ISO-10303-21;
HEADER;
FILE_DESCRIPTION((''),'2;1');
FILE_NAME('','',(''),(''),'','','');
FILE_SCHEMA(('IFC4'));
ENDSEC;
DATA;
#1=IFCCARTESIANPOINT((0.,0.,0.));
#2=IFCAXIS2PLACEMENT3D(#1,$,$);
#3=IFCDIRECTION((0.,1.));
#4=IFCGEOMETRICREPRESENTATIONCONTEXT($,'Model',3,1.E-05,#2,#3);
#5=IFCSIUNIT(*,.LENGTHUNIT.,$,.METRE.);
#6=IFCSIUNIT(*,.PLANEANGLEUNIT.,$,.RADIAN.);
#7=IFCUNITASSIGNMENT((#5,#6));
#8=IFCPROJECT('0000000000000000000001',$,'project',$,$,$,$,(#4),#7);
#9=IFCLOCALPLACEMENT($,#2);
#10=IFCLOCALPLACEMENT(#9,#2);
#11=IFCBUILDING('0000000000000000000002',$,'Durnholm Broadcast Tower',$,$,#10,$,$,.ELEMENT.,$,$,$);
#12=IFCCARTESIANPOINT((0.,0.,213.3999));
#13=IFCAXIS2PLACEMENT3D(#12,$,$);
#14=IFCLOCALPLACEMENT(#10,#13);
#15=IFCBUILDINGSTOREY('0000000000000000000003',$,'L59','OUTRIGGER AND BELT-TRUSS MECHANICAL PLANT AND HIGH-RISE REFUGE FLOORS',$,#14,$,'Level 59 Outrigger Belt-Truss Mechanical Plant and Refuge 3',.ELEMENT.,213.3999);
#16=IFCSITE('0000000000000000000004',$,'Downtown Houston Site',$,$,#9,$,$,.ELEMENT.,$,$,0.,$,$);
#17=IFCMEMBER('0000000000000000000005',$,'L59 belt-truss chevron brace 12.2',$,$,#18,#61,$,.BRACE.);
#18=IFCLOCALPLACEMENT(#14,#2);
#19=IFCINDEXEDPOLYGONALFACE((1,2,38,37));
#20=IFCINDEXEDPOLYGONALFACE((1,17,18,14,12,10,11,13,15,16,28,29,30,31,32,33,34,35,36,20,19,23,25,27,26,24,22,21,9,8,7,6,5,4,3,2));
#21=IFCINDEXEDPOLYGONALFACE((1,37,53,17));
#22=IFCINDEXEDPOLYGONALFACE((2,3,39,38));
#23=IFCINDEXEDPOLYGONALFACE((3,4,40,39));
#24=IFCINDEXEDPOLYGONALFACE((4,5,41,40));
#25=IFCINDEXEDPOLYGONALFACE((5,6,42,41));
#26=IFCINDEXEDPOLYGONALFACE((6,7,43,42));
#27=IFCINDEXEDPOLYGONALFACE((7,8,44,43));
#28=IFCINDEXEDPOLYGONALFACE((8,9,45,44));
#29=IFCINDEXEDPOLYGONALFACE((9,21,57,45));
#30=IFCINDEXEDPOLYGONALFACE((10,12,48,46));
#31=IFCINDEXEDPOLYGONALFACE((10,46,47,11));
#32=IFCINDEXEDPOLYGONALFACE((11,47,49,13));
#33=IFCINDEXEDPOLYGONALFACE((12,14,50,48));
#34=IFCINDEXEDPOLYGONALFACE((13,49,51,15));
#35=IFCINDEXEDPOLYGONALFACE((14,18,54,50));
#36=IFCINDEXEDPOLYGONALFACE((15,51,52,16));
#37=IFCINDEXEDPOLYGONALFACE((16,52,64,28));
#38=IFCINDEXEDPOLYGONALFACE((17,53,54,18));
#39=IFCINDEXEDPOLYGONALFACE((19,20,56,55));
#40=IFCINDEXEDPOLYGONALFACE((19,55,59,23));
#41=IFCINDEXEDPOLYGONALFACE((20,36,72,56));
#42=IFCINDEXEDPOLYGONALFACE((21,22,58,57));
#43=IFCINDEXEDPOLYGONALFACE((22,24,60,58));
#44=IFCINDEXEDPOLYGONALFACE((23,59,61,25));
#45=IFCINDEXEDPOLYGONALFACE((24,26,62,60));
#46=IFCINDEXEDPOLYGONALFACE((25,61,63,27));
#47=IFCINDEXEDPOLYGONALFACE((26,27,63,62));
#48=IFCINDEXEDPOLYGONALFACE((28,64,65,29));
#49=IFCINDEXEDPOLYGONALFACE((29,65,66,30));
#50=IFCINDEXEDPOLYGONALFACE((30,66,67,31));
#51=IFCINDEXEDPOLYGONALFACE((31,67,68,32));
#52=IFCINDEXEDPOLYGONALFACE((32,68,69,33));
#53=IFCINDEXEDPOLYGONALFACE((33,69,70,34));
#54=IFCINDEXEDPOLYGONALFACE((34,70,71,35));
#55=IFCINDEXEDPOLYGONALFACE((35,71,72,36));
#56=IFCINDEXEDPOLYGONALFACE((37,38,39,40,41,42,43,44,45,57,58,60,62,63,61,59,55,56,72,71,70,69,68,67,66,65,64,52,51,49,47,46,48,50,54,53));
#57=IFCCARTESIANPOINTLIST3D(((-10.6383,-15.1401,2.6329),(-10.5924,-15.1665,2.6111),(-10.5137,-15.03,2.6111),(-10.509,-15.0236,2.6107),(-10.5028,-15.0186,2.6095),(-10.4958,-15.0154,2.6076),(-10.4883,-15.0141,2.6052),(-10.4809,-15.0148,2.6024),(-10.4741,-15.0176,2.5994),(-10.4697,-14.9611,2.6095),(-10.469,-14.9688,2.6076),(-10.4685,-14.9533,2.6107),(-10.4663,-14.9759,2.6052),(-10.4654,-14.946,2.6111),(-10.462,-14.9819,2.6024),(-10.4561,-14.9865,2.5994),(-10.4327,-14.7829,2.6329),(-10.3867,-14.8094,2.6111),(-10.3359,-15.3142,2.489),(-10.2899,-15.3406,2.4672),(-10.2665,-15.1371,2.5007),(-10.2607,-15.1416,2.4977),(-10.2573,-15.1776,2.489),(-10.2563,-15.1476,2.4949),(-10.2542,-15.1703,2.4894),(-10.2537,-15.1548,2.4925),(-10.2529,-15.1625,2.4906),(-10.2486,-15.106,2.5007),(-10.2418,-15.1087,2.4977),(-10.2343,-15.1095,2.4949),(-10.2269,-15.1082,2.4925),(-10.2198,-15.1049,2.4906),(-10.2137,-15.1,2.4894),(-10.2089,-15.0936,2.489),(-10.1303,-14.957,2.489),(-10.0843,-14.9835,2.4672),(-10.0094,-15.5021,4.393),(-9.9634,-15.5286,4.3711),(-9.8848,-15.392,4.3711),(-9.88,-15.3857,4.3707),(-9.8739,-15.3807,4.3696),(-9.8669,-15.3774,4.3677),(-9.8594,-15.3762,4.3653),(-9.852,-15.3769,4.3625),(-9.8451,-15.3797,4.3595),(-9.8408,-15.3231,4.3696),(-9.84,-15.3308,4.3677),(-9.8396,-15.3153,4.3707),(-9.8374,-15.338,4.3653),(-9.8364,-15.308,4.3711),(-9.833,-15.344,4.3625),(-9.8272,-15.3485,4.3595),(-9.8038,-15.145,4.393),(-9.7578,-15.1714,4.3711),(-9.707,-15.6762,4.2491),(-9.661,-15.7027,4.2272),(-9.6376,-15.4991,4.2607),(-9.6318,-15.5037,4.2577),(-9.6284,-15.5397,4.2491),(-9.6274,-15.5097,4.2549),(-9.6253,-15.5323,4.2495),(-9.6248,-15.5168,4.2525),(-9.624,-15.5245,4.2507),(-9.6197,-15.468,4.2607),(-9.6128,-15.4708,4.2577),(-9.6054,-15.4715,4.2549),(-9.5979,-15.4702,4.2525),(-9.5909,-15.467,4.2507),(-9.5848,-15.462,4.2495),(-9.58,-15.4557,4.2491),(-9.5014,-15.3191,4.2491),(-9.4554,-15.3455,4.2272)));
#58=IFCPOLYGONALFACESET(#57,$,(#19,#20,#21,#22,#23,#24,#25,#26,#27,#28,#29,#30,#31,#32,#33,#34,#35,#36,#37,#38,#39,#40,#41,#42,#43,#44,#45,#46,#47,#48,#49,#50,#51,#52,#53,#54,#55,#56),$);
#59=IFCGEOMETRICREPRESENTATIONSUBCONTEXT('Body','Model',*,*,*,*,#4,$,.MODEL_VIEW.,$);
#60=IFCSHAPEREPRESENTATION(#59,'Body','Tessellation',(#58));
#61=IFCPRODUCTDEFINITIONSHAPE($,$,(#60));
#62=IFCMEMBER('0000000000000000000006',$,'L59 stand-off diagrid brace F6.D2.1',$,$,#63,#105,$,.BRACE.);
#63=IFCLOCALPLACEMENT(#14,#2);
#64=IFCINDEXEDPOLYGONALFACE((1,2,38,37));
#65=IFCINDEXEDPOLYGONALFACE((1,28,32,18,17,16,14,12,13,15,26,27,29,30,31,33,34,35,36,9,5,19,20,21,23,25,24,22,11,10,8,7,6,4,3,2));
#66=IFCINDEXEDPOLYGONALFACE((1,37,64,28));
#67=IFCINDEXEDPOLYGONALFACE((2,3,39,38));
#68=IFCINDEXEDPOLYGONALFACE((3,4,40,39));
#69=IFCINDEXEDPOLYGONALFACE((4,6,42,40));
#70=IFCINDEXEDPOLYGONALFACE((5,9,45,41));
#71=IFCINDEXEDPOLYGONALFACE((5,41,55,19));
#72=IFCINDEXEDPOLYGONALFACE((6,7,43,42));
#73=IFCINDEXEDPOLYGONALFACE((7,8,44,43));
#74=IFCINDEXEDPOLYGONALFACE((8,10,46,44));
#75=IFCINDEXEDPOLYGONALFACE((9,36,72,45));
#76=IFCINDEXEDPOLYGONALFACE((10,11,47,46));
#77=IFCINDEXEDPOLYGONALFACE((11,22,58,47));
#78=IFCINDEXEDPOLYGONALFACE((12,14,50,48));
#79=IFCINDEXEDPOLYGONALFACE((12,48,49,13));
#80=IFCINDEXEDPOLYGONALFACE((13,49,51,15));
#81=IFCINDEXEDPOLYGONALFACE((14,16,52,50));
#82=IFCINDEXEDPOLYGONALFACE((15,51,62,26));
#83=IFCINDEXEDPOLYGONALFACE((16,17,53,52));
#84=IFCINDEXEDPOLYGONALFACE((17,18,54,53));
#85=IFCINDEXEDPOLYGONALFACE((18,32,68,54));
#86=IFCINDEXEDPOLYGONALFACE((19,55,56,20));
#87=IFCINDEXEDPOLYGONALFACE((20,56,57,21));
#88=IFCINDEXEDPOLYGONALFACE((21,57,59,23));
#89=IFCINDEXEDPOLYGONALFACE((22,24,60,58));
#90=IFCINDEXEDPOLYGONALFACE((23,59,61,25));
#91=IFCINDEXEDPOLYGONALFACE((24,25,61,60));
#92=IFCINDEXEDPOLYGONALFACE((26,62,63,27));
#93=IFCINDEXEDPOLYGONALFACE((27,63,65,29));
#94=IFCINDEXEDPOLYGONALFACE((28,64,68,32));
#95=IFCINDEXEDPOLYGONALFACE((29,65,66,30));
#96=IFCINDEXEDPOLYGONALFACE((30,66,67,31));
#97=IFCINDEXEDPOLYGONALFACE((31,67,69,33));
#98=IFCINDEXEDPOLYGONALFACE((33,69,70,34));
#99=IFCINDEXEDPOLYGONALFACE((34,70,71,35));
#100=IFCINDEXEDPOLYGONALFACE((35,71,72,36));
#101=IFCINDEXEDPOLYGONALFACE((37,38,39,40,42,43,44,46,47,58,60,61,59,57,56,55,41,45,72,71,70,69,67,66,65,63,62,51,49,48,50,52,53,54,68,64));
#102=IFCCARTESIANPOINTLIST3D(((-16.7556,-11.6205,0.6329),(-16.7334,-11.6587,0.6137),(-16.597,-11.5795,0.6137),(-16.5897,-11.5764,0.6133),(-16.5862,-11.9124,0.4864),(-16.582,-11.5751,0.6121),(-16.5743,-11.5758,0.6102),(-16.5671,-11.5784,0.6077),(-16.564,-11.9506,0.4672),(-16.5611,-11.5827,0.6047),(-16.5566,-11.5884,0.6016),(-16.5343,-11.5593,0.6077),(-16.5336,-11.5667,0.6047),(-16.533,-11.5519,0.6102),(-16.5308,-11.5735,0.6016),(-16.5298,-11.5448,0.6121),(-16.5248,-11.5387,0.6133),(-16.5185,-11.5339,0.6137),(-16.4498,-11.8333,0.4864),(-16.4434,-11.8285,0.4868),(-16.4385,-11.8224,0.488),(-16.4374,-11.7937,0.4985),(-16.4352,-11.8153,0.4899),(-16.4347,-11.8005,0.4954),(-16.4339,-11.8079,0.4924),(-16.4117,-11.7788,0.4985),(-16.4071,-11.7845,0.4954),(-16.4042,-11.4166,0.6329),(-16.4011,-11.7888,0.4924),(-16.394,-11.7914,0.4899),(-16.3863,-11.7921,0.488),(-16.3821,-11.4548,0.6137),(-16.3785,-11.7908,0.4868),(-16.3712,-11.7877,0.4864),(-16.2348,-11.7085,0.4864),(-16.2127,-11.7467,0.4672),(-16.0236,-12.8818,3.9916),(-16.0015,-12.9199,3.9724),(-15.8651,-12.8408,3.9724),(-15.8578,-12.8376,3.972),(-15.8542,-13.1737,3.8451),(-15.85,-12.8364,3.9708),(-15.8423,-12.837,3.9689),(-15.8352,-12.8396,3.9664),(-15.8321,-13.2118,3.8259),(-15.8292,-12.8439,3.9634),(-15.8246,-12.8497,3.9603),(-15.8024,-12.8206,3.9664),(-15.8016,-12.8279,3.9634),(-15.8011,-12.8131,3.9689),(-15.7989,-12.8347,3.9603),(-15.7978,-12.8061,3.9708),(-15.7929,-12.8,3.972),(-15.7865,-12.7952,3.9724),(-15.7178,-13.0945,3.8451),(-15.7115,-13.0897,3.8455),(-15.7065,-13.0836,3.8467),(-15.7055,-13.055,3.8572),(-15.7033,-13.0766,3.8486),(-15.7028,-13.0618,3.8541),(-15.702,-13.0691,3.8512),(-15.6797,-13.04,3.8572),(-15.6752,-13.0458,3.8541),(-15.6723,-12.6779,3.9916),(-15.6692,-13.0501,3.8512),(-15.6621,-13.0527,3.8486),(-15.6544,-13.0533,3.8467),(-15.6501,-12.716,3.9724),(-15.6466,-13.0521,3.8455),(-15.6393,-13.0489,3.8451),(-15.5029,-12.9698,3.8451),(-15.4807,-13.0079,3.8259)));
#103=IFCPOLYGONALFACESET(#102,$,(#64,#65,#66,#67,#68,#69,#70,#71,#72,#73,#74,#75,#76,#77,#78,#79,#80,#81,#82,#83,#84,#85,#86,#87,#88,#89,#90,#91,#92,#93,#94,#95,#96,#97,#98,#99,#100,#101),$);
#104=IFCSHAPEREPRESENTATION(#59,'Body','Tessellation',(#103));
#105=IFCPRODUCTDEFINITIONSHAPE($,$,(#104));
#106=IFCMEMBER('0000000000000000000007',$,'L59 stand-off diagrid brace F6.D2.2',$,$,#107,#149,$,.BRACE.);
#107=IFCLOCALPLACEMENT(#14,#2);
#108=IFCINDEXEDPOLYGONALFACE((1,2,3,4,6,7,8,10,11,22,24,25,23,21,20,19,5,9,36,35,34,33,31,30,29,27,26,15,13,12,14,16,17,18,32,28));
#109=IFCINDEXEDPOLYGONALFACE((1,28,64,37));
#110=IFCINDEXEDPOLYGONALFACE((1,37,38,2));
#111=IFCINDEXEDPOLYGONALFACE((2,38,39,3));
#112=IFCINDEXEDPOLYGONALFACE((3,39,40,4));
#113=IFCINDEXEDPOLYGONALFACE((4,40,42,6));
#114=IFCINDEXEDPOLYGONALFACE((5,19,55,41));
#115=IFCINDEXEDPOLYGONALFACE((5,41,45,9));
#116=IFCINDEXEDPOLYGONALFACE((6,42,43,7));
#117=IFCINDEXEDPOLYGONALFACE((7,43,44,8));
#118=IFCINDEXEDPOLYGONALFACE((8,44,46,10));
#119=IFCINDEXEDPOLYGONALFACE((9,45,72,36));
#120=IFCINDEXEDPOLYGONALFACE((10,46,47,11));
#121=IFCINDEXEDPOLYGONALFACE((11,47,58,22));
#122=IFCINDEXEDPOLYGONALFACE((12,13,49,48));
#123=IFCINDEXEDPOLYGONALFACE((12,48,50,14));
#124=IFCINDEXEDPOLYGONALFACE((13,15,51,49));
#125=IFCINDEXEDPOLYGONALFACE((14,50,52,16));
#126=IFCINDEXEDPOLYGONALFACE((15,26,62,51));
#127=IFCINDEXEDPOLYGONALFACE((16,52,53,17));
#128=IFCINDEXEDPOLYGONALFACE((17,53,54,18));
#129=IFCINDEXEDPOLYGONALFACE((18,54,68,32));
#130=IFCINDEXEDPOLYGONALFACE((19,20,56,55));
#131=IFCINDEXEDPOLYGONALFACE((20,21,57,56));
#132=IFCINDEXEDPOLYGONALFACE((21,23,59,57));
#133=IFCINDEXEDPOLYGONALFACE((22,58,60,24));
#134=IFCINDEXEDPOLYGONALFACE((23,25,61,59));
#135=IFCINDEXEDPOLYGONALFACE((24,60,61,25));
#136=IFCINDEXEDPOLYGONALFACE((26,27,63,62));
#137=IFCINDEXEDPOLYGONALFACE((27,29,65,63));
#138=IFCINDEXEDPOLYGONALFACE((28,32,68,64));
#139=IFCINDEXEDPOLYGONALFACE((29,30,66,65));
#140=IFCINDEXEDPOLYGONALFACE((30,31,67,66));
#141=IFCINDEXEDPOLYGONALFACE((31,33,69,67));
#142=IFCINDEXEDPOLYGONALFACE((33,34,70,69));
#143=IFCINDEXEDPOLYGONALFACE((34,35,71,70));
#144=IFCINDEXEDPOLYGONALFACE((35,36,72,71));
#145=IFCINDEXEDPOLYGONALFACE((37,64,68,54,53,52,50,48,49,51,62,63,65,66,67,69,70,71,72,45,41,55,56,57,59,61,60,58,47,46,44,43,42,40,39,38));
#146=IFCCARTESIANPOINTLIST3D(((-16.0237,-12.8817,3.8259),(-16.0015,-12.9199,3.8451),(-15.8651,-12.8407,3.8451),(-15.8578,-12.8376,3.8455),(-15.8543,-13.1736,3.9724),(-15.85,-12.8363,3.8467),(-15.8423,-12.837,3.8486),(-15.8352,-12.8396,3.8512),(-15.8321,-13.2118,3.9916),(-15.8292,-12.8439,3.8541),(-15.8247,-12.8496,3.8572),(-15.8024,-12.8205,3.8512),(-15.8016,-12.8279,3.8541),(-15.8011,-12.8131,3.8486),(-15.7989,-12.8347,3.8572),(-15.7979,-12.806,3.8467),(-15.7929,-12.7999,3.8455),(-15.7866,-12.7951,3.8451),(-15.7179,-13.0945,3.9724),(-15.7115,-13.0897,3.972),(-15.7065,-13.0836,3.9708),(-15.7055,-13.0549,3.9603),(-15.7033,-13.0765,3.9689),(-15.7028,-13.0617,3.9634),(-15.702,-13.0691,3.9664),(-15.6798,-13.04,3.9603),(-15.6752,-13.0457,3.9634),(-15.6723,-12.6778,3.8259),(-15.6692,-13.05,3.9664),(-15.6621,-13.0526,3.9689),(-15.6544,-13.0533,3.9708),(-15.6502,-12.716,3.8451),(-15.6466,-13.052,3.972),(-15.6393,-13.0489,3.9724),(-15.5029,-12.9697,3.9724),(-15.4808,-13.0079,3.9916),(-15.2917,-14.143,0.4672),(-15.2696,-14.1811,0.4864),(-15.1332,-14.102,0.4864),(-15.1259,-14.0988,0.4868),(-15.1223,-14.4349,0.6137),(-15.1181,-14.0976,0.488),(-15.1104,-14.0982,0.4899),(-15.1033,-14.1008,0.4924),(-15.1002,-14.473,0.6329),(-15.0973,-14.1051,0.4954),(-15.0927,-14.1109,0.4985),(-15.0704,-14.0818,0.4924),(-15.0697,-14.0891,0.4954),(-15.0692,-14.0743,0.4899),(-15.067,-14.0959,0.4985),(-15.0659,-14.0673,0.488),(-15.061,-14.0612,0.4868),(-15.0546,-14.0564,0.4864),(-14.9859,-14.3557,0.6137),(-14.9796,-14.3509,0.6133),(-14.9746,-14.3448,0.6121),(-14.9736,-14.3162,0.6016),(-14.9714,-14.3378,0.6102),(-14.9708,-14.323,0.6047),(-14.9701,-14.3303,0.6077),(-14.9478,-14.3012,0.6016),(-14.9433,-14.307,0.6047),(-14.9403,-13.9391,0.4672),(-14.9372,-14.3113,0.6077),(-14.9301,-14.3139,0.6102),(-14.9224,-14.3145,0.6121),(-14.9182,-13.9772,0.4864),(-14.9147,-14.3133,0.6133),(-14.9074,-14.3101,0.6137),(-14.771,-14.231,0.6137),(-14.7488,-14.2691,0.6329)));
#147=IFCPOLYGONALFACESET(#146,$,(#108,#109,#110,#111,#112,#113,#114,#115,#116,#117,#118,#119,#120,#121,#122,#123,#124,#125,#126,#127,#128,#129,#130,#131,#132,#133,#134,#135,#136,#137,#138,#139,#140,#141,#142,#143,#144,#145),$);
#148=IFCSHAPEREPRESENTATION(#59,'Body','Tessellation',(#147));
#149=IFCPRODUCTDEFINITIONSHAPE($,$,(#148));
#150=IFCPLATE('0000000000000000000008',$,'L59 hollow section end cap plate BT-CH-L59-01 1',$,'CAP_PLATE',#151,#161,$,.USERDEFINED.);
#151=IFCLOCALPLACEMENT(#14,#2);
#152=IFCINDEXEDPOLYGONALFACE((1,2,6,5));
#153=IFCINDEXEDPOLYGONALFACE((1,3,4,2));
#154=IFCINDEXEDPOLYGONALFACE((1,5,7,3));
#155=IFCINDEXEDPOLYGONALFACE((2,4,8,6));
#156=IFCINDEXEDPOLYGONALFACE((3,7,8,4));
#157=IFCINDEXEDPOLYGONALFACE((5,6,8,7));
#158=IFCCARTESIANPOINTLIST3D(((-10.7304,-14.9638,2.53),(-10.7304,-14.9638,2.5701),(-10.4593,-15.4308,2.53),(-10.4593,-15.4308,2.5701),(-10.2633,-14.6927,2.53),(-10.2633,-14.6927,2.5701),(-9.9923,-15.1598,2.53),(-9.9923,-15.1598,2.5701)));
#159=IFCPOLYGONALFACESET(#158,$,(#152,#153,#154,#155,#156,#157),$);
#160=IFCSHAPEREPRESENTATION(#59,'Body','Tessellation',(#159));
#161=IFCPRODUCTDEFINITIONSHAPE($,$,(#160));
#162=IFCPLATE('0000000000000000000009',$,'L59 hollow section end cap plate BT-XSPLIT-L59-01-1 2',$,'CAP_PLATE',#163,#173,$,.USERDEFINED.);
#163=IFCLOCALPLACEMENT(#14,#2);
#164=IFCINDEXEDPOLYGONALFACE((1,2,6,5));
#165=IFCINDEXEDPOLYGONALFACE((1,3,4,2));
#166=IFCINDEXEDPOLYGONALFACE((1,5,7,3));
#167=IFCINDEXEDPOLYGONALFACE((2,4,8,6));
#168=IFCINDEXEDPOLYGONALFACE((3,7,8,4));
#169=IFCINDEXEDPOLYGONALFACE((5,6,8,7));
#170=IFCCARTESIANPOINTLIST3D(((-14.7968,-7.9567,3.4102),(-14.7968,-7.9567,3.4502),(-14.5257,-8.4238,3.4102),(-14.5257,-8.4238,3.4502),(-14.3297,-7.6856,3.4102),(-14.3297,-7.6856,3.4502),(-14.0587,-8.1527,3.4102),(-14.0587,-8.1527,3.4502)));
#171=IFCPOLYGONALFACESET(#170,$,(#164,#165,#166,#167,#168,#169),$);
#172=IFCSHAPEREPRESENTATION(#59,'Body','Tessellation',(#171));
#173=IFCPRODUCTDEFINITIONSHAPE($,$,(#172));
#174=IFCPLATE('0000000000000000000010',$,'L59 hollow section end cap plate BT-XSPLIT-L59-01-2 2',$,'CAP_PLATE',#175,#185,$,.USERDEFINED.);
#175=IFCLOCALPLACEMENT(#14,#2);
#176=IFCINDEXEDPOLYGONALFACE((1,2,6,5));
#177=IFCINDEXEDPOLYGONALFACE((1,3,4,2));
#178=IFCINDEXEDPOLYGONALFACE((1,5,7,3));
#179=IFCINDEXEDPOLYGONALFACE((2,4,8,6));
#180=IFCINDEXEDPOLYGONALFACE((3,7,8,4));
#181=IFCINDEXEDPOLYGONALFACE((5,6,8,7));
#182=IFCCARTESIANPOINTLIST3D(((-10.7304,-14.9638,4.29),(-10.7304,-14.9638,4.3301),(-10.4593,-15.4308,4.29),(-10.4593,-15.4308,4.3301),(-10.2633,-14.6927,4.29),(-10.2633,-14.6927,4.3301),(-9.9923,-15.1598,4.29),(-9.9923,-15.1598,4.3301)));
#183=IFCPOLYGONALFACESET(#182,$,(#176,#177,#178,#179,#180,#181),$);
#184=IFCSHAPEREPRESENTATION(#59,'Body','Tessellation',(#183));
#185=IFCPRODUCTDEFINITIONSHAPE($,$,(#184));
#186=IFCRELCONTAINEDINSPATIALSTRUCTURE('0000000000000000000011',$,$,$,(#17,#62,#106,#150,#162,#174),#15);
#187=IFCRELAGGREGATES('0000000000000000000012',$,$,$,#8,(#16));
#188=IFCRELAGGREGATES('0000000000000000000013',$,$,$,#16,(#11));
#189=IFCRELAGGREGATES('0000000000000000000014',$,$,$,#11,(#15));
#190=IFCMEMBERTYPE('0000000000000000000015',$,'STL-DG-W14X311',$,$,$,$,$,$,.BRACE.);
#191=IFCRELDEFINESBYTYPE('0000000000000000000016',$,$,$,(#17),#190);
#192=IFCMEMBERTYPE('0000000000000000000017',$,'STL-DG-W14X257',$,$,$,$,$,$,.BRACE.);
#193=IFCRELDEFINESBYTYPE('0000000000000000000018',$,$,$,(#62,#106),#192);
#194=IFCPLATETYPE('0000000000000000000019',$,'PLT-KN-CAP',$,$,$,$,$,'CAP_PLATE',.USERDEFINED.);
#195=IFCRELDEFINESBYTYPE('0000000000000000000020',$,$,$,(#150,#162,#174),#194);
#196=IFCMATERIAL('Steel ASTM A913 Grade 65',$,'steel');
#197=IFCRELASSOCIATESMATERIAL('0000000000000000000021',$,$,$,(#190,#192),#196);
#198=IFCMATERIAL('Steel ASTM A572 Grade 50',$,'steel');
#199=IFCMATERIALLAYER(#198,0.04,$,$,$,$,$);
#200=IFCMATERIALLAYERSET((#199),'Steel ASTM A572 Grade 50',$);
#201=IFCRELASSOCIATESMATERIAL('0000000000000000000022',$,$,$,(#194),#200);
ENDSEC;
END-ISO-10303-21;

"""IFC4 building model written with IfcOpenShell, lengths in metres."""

from ifc_helpers import new_model, si_unit, direction, frame, origin, origin_2d, place, context, subcontext, project, spatial, rectangle, i_section, extrude, source, transform, mapped, material, layer, layer_set, material_profile, profile_set, type_object, type_shapes, element, save


model = new_model("IFC4")

# Units and contexts
model_context = context("Model", 3, precision=1e-05, world=origin(), true_north=direction((0.0, 1.0)))
body_context = subcontext(model_context, "Body", "Model", "MODEL_VIEW")
ifc_project = project(units=[si_unit("LENGTHUNIT", "METRE"), si_unit("PLANEANGLEUNIT", "RADIAN")], contexts=[model_context])

# Site, building, storey
site_placement = place(None, origin())
site = spatial("IfcSite", under=ifc_project, at=site_placement, Name="Downtown Houston Site", CompositionType="ELEMENT", RefElevation=0.0)
building_placement = place(site_placement, origin())
building = spatial("IfcBuilding", under=site, at=building_placement, Name="Durnholm Broadcast Tower", CompositionType="ELEMENT")
storey_placement = place(building_placement, frame((0.0, 0.0, 213.3999)))
storey = spatial("IfcBuildingStorey", under=building, at=storey_placement, Name="L59", Description="OUTRIGGER AND BELT-TRUSS MECHANICAL PLANT AND HIGH-RISE REFUGE FLOORS", LongName="Level 59 Outrigger Belt-Truss Mechanical Plant and Refuge 3", CompositionType="ELEMENT", Elevation=213.3999)

# Members
ifc_material_1 = material(Name="Steel ASTM A913 Grade 65", Category="steel")
ifc_material_profile_1 = material_profile(ifc_material_1, i_section(OverallWidth=0.4121, OverallDepth=0.4348, WebThickness=0.0359, FlangeThickness=0.0574, FilletRadius=0.0305, at=origin_2d()), Name="W14X311")
ifc_profile_set_1 = profile_set([ifc_material_profile_1], Name="Steel ASTM A913 Grade 65")
member_type_1 = type_object("IfcMemberType", Name="STL-DG-W14X311", PredefinedType="BRACE", material=ifc_profile_set_1)
shared_shape_1 = source(origin(), body_context, "Body", "SweptSolid", [
    extrude(i_section(OverallWidth=0.4121, OverallDepth=0.4348, WebThickness=0.0359, FlangeThickness=0.0574, FilletRadius=0.0305, at=origin_2d()), origin(), (0.0, 0.0, 1.0), 1.9038),
])
type_shapes(member_type_1, [shared_shape_1])
member_1_placement = place(storey_placement, frame((-10.3613, -15.0618, 2.55), z_axis=(0.330352, -0.190183, 0.924499), x_axis=(0.498926, 0.866644, 0.0)))
element("IfcMember", 1, at=member_1_placement, inside=storey, type_object=member_type_1, Name="L59 belt-truss chevron brace 12.2", PredefinedType="BRACE", context=body_context, shape_type="MappedRepresentation", body=[
    mapped(shared_shape_1, transform((0.0, 0.0, 0.0), x_axis=(1.0, 0.0, 0.0), y_axis=(0.0, 1.0, 0.0), z_axis=(0.0, 0.0, 1.0), scale=1.0)),
])
ifc_material_profile_2 = material_profile(ifc_material_1, i_section(OverallWidth=0.4062, OverallDepth=0.416, WebThickness=0.0298, FlangeThickness=0.0481, FilletRadius=0.0305, at=origin_2d()), Name="W14X257")
ifc_profile_set_2 = profile_set([ifc_material_profile_2], Name="Steel ASTM A913 Grade 65")
member_type_2 = type_object("IfcMemberType", Name="STL-DG-W14X257", PredefinedType="BRACE", material=ifc_profile_set_2)
shared_shape_2 = source(origin(), body_context, "Body", "SweptSolid", [
    extrude(i_section(OverallWidth=0.4062, OverallDepth=0.416, WebThickness=0.0298, FlangeThickness=0.0481, FilletRadius=0.0305, at=origin_2d()), origin(), (0.0, 0.0, 1.0), 3.6616),
])
type_shapes(member_type_2, [shared_shape_2])
for number, where, z_axis, x_axis, name in (
    (2, (-16.4841, -11.6836, 0.55), (0.199897, -0.344453, 0.917275), (0.864906, 0.501934, 0.0), "L59 stand-off diagrid brace F6.D2.1"),
    (3, (-15.0203, -14.2061, 0.55), (-0.199897, 0.344453, 0.917275), (-0.864906, -0.501934, 0.0), "L59 stand-off diagrid brace F6.D2.2"),
):
    element("IfcMember", number, at=place(storey_placement, frame(where, z_axis=z_axis, x_axis=x_axis)), inside=storey, type_object=member_type_2, Name=name, PredefinedType="BRACE", context=body_context, shape_type="MappedRepresentation", body=[
        mapped(shared_shape_2, transform((0.0, 0.0, 0.0), x_axis=(1.0, 0.0, 0.0), y_axis=(0.0, 1.0, 0.0), z_axis=(0.0, 0.0, 1.0), scale=1.0)),
    ])

# Plates
ifc_material_2 = material(Name="Steel ASTM A572 Grade 50", Category="steel")
ifc_layer_1 = layer(ifc_material_2, 0.04)
ifc_layer_set_1 = layer_set([ifc_layer_1], Name="Steel ASTM A572 Grade 50")
plate_type_1 = type_object("IfcPlateType", Name="PLT-KN-CAP", ElementType="CAP_PLATE", PredefinedType="USERDEFINED", material=ifc_layer_set_1)
shared_shape_3 = source(origin(), body_context, "Body", "SweptSolid", [
    extrude(rectangle(XDim=0.54, YDim=0.54, at=origin_2d()), origin(), (0.0, 0.0, 1.0), 0.04),
])
type_shapes(plate_type_1, [shared_shape_3])
for number, where, z_axis, x_axis, name in (
    (4, (-10.3613, -15.0618, 2.53), (0.0, 0.0, 1.0), (-0.501964, 0.864889, 0.0), "L59 hollow section end cap plate BT-CH-L59-01 1"),
    (5, (-14.4277, -8.0547, 3.4102), (0.0, 0.0, 1.0), (0.501964, -0.864889, 0.0), "L59 hollow section end cap plate BT-XSPLIT-L59-01-1 2"),
    (6, (-10.3613, -15.0618, 4.29), (0.0, 0.0, 1.0), (0.501964, -0.864889, 0.0), "L59 hollow section end cap plate BT-XSPLIT-L59-01-2 2"),
):
    element("IfcPlate", number, at=place(storey_placement, frame(where, z_axis=z_axis, x_axis=x_axis)), inside=storey, type_object=plate_type_1, Name=name, ObjectType="CAP_PLATE", PredefinedType="USERDEFINED", context=body_context, shape_type="MappedRepresentation", body=[
        mapped(shared_shape_3, transform((0.0, 0.0, 0.0), x_axis=(1.0, 0.0, 0.0), y_axis=(0.0, 1.0, 0.0), z_axis=(0.0, 0.0, 1.0), scale=1.0)),
    ])

save(model, "model.ifc")
